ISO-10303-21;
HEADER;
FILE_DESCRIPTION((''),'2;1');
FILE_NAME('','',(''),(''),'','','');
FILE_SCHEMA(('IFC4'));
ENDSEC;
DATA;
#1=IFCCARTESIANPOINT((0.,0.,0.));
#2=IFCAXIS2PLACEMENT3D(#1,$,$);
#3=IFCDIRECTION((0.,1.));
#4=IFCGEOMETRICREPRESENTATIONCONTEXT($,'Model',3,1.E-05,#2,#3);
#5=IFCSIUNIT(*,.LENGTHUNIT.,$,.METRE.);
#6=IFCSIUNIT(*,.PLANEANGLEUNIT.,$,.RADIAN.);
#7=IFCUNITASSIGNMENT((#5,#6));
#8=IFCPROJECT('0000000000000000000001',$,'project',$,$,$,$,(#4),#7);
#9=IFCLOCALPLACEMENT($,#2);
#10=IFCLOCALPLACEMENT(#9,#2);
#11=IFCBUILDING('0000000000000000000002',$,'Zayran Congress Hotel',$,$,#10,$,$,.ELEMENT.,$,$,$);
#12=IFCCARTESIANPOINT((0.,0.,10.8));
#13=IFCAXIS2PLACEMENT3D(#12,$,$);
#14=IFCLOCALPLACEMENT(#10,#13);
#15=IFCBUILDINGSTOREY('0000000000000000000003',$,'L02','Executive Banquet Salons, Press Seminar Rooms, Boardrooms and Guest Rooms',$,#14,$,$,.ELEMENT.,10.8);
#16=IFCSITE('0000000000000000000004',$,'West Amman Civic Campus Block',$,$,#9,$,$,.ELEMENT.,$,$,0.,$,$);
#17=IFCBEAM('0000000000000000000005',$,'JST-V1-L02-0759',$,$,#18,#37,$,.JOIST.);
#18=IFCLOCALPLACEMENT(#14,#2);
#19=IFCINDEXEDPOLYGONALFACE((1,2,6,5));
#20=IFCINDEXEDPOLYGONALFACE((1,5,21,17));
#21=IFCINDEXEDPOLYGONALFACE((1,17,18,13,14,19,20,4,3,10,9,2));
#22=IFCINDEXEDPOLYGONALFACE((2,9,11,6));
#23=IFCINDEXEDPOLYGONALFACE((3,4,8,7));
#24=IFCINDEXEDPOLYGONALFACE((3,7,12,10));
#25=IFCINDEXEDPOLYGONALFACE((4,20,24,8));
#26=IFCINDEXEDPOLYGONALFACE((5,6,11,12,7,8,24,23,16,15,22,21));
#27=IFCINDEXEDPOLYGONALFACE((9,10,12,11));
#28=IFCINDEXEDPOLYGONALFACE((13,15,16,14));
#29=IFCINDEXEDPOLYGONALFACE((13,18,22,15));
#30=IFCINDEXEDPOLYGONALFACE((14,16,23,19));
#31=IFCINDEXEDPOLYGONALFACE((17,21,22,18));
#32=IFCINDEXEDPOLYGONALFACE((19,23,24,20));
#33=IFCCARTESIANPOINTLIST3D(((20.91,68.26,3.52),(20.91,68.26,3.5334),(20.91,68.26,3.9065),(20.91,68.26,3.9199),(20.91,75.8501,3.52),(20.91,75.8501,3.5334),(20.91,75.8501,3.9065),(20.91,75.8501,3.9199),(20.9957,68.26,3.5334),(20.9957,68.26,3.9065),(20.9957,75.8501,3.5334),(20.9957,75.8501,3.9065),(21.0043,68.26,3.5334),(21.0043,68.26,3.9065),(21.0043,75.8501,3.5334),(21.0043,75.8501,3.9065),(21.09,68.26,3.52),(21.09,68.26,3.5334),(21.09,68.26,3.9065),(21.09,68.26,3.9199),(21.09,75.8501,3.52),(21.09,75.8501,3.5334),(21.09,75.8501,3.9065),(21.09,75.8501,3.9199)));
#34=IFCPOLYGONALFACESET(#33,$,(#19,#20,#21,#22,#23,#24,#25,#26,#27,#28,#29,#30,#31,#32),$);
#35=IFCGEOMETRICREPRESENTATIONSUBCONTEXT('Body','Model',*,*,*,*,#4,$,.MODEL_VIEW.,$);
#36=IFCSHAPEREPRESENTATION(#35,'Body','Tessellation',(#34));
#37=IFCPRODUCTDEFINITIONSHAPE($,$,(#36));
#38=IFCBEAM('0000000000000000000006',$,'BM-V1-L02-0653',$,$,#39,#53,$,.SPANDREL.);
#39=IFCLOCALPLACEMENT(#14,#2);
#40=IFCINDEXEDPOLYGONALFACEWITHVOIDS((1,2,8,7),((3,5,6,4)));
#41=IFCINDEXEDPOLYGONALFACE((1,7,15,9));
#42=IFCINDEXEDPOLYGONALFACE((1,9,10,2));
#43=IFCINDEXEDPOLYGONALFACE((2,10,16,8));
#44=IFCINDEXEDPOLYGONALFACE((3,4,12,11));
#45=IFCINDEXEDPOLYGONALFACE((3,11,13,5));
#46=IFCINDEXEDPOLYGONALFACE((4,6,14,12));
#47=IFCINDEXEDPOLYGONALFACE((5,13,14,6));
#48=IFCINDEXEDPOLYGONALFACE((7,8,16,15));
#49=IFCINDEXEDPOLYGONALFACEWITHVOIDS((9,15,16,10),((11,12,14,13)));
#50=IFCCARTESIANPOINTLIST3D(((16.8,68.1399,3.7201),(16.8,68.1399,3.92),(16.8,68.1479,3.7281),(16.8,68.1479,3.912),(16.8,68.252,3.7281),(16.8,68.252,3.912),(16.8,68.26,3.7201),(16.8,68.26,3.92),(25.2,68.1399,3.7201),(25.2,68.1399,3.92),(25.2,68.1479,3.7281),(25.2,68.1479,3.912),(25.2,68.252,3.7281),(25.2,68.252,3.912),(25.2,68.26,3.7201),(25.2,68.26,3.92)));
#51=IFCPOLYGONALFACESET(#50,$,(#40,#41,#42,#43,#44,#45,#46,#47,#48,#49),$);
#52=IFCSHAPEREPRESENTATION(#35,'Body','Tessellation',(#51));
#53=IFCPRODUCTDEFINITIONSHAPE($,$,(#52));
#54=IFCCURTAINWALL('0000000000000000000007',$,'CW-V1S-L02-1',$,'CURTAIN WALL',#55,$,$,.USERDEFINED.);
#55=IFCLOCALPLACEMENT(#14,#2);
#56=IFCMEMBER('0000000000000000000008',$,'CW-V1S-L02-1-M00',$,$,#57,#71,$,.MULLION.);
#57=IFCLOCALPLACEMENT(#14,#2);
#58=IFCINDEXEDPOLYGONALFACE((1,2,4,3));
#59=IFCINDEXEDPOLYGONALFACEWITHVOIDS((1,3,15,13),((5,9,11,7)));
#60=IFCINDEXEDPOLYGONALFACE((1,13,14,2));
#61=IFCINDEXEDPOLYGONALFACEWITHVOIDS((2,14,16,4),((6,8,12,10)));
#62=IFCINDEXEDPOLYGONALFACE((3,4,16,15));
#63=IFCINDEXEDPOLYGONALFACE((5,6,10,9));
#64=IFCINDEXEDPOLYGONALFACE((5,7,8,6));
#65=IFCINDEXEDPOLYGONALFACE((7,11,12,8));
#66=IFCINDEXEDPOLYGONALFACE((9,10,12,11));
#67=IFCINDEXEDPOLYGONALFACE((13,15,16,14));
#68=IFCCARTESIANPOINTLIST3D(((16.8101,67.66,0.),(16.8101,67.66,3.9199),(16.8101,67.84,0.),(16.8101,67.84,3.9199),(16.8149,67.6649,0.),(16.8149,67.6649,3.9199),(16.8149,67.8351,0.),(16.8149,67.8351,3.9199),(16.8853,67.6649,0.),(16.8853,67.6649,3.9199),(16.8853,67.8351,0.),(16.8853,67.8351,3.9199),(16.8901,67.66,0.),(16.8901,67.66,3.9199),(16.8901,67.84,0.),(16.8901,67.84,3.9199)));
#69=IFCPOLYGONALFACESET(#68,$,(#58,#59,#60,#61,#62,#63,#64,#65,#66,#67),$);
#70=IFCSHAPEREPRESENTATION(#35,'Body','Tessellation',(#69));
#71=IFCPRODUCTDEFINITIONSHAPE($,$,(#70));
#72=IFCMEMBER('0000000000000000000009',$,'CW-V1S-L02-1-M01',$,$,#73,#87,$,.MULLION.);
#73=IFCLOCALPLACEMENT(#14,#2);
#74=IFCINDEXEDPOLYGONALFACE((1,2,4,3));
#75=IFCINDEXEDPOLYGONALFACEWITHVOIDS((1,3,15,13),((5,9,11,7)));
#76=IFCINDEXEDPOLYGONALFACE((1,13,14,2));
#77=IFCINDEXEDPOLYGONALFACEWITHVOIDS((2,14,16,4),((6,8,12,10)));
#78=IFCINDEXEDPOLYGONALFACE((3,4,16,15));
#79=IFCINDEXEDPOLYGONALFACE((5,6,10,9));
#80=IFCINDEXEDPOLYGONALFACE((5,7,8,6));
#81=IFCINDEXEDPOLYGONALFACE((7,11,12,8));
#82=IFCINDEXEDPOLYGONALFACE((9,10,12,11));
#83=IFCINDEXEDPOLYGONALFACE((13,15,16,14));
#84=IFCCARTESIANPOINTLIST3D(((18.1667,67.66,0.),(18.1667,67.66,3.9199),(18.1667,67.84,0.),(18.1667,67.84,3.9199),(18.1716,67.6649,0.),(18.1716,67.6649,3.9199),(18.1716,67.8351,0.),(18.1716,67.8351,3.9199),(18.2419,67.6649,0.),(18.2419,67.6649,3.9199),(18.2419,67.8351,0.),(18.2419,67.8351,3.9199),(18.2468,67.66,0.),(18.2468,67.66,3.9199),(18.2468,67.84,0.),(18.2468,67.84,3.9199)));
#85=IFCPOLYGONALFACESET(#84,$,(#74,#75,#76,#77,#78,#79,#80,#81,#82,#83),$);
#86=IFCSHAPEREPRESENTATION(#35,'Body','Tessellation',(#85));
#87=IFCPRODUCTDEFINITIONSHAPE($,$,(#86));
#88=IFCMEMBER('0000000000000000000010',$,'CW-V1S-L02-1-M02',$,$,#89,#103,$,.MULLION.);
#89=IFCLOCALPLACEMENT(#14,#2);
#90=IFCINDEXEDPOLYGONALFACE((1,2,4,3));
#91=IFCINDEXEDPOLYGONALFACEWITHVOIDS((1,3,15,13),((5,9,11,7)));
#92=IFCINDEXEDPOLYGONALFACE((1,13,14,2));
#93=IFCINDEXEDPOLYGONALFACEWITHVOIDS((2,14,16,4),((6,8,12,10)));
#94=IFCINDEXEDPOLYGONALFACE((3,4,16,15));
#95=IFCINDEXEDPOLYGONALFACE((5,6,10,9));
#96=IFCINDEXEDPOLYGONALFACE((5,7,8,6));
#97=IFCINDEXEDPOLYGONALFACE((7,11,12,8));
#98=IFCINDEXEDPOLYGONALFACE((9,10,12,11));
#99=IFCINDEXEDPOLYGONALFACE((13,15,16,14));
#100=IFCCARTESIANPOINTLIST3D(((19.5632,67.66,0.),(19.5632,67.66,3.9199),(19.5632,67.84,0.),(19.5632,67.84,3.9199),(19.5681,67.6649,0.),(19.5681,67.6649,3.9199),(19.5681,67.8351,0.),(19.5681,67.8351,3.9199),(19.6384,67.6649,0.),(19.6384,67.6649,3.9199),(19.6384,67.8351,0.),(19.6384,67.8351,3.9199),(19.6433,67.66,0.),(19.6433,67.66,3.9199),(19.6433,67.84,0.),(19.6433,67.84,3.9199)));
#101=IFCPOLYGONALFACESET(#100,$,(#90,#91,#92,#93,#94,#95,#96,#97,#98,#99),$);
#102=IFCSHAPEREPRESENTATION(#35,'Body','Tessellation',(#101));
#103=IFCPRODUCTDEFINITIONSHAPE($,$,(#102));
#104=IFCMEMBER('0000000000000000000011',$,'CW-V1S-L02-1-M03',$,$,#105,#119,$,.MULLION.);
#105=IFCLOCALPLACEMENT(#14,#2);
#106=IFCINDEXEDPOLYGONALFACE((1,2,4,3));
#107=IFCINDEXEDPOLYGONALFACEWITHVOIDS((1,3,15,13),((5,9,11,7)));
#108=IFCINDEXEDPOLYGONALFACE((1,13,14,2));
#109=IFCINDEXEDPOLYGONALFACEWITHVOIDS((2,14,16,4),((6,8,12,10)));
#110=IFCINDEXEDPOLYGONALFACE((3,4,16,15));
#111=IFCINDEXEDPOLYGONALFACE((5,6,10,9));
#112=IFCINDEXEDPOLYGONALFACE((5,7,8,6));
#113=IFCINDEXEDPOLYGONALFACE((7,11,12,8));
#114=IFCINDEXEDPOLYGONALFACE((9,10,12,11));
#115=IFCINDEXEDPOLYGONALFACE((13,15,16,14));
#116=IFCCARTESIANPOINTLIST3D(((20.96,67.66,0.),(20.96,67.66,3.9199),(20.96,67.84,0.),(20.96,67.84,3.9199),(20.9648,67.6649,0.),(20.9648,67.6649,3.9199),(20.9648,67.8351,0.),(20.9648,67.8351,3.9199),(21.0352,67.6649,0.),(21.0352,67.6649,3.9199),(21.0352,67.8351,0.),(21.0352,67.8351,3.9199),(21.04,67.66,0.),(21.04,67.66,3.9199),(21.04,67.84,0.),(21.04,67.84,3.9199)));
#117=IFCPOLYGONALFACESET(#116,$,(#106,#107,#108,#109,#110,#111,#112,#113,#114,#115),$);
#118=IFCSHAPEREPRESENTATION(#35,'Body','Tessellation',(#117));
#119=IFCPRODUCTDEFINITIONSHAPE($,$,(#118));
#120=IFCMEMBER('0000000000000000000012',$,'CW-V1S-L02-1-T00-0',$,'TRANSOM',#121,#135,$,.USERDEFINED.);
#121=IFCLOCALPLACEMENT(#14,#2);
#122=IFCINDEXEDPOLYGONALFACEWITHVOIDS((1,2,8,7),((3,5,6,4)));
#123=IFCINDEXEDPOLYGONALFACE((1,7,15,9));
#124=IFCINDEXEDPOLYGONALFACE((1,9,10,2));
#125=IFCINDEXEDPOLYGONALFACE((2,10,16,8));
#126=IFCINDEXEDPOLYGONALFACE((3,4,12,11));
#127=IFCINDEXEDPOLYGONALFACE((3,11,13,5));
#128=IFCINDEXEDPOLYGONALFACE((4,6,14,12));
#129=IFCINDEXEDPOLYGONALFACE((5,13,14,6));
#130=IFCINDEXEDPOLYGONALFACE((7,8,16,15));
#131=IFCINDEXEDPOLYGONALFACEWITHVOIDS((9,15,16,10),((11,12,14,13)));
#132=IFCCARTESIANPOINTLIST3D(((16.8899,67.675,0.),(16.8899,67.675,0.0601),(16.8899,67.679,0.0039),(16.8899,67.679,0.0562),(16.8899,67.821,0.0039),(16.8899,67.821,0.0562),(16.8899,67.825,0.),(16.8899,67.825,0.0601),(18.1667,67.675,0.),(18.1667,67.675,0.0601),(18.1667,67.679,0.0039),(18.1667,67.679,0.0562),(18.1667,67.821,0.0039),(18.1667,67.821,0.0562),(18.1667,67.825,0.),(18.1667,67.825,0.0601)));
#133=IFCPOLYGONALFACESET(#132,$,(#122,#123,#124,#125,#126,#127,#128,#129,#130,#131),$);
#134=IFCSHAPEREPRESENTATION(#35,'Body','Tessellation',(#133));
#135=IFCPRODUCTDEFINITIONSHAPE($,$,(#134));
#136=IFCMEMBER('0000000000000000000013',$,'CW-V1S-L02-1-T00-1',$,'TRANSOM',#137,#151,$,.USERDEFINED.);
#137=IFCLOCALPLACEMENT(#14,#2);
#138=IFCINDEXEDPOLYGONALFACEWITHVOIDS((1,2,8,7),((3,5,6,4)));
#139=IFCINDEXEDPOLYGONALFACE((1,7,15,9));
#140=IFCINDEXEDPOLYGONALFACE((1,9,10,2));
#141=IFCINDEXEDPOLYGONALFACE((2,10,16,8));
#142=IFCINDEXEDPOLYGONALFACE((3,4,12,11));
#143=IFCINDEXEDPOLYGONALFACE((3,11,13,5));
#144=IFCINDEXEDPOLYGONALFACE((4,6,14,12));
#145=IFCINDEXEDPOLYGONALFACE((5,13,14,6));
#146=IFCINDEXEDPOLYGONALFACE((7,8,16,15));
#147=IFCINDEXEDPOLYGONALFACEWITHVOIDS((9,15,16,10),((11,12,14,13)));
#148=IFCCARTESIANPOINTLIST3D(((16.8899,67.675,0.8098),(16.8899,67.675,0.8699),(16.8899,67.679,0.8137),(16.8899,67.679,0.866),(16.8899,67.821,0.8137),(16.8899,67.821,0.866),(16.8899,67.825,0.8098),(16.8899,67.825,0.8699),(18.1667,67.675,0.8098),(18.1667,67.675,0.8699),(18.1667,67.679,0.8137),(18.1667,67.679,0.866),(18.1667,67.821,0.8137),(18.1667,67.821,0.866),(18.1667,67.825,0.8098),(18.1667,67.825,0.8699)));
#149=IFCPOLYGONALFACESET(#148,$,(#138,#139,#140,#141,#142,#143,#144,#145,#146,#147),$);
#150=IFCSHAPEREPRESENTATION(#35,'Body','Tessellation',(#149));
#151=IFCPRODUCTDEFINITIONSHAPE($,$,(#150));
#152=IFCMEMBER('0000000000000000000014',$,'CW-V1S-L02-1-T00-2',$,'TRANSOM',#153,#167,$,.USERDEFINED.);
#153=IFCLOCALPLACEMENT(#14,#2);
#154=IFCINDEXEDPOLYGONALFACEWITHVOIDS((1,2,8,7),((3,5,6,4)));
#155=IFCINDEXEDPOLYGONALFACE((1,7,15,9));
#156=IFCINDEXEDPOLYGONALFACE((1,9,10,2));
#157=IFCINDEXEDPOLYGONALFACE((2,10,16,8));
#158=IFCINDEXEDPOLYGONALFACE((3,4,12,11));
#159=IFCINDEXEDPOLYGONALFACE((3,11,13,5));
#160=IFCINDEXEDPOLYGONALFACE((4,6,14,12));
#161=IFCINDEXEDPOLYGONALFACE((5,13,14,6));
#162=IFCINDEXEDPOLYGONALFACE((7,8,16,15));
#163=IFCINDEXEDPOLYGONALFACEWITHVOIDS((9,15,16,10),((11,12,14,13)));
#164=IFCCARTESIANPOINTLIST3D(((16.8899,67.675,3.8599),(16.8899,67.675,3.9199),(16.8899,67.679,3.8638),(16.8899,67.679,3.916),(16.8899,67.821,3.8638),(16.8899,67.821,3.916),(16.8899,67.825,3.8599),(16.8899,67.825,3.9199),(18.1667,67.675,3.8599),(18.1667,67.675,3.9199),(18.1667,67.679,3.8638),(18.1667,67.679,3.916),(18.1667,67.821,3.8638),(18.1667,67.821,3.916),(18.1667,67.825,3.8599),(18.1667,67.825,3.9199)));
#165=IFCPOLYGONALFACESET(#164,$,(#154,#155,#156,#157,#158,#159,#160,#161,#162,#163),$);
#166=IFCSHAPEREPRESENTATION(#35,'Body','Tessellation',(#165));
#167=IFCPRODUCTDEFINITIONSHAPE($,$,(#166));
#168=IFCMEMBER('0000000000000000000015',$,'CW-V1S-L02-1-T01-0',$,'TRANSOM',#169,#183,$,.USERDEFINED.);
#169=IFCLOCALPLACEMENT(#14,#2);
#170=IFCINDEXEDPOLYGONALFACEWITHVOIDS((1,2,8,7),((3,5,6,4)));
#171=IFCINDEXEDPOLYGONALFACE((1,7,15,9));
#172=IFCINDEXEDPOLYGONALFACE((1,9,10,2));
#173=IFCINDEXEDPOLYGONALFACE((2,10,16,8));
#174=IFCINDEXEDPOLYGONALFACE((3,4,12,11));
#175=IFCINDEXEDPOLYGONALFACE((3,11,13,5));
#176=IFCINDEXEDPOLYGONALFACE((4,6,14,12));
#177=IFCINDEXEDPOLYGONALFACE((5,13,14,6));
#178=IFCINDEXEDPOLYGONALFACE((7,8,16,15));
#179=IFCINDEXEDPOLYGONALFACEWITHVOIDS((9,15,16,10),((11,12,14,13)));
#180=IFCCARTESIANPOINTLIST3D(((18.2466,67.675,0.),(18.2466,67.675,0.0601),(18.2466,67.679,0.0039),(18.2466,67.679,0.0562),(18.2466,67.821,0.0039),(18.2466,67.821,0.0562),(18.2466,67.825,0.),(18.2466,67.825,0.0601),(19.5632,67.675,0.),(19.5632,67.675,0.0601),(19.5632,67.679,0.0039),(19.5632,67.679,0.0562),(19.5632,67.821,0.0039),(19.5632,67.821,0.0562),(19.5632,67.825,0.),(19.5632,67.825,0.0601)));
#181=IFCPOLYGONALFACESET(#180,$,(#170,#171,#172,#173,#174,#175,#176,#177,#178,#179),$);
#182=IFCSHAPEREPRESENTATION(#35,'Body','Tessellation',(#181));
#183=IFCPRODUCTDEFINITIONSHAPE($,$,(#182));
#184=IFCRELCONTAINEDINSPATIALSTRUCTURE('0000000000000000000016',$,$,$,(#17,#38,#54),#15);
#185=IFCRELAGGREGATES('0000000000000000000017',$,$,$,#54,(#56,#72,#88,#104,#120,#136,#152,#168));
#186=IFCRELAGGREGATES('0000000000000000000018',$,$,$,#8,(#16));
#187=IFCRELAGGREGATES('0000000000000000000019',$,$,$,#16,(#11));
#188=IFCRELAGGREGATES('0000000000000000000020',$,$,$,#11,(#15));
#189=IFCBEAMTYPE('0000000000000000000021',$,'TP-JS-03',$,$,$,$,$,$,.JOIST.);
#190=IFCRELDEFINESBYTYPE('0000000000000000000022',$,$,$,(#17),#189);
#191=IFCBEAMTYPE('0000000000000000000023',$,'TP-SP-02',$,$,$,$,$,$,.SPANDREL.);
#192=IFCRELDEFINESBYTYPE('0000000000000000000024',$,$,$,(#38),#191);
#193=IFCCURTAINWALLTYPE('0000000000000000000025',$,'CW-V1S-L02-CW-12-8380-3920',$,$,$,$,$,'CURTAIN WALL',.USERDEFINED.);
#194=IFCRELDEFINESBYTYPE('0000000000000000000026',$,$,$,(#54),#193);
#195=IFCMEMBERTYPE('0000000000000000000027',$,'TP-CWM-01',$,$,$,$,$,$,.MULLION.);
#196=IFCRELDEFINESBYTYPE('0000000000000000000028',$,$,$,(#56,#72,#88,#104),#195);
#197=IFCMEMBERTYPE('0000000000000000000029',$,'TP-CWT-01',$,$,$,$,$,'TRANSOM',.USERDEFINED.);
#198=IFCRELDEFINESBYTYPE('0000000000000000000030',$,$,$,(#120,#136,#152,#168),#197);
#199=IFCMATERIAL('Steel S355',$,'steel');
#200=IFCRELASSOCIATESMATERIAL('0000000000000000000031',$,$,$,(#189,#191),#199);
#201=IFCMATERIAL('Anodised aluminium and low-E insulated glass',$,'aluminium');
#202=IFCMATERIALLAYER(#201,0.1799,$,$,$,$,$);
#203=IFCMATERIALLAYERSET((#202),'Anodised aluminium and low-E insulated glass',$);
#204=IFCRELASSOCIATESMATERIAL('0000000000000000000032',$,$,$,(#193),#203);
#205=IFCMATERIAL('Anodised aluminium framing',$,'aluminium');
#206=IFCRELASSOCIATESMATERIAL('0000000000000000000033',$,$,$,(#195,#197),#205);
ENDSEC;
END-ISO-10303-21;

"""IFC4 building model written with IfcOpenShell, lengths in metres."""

from ifc_helpers import new_model, si_unit, direction, frame, origin, origin_2d, place, context, subcontext, project, spatial, hollow_rectangle, i_section, extrude, material, layer, layer_set, material_profile, profile_set, type_object, element, aggregate, save


model = new_model("IFC4")

# Units and contexts
model_context = context("Model", 3, precision=1e-05, world=origin(), true_north=direction((0.0, 1.0)))
body_context = subcontext(model_context, "Body", "Model", "MODEL_VIEW")
ifc_project = project(units=[si_unit("LENGTHUNIT", "METRE"), si_unit("PLANEANGLEUNIT", "RADIAN")], contexts=[model_context])

# Site, building, storey
site_placement = place(None, origin())
site = spatial("IfcSite", under=ifc_project, at=site_placement, Name="West Amman Civic Campus Block", CompositionType="ELEMENT", RefElevation=0.0)
building_placement = place(site_placement, origin())
building = spatial("IfcBuilding", under=site, at=building_placement, Name="Zayran Congress Hotel", CompositionType="ELEMENT")
storey_placement = place(building_placement, frame((0.0, 0.0, 10.8)))
storey = spatial("IfcBuildingStorey", under=building, at=storey_placement, Name="L02", Description="Executive Banquet Salons, Press Seminar Rooms, Boardrooms and Guest Rooms", CompositionType="ELEMENT", Elevation=10.8)

# Beams
ifc_material_1 = material(Name="Steel S355", Category="steel")
ifc_material_profile_1 = material_profile(ifc_material_1, i_section(OverallWidth=0.1799, OverallDepth=0.3999, WebThickness=0.0085, FlangeThickness=0.0134, at=origin_2d()), Name="IPE 400")
ifc_profile_set_1 = profile_set([ifc_material_profile_1], Name="Steel S355")
beam_type_1 = type_object("IfcBeamType", Name="TP-JS-03", PredefinedType="JOIST", material=ifc_profile_set_1)
beam_1_placement = place(storey_placement, frame((21.0, 68.26, 3.72), z_axis=(0.0, 1.0, 0.0), x_axis=(-1.0, 0.0, 0.0)))
element("IfcBeam", 1, at=beam_1_placement, inside=storey, type_object=beam_type_1, Name="JST-V1-L02-0759", PredefinedType="JOIST", context=body_context, shape_type="SweptSolid", body=[
    extrude(i_section(OverallWidth=0.1799, OverallDepth=0.3999, WebThickness=0.0085, FlangeThickness=0.0134, at=origin_2d()), origin(), (0.0, 0.0, 1.0), 7.5901),
])
ifc_material_profile_2 = material_profile(ifc_material_1, hollow_rectangle(XDim=0.1201, YDim=0.2, WallThickness=0.0081, at=origin_2d()), Name="RHS 200x120x8")
ifc_profile_set_2 = profile_set([ifc_material_profile_2], Name="Steel S355")
beam_type_2 = type_object("IfcBeamType", Name="TP-SP-02", PredefinedType="SPANDREL", material=ifc_profile_set_2)
beam_2_placement = place(storey_placement, frame((16.8, 68.2, 3.8201), z_axis=(1.0, 0.0, 0.0), x_axis=(0.0, 1.0, 0.0)))
element("IfcBeam", 2, at=beam_2_placement, inside=storey, type_object=beam_type_2, Name="BM-V1-L02-0653", PredefinedType="SPANDREL", context=body_context, shape_type="SweptSolid", body=[
    extrude(hollow_rectangle(XDim=0.1201, YDim=0.2, WallThickness=0.0081, at=origin_2d()), origin(), (0.0, 0.0, 1.0), 8.3999),
])

# Curtain wall, members
ifc_material_2 = material(Name="Anodised aluminium and low-E insulated glass", Category="aluminium")
ifc_layer_1 = layer(ifc_material_2, 0.1799)
ifc_layer_set_1 = layer_set([ifc_layer_1], Name="Anodised aluminium and low-E insulated glass")
curtain_wall_type = type_object("IfcCurtainWallType", Name="CW-V1S-L02-CW-12-8380-3920", ElementType="CURTAIN WALL", PredefinedType="USERDEFINED", material=ifc_layer_set_1)
curtain_wall_placement = place(storey_placement, origin())
curtain_wall = element("IfcCurtainWall", 3, at=curtain_wall_placement, inside=storey, type_object=curtain_wall_type, Name="CW-V1S-L02-1", ObjectType="CURTAIN WALL", PredefinedType="USERDEFINED")
ifc_material_3 = material(Name="Anodised aluminium framing", Category="aluminium")
ifc_material_profile_3 = material_profile(ifc_material_3, hollow_rectangle(XDim=0.0801, YDim=0.1799, WallThickness=0.0049, at=origin_2d()), Name="RHS 180x80x5")
ifc_profile_set_3 = profile_set([ifc_material_profile_3], Name="Anodised aluminium framing")
member_type_1 = type_object("IfcMemberType", Name="TP-CWM-01", PredefinedType="MULLION", material=ifc_profile_set_3)
member_1_placement = place(storey_placement, frame((16.8501, 67.75, 0.0), z_axis=(0.0, 0.0, 1.0), x_axis=(1.0, 0.0, 0.0)))
member_1 = element("IfcMember", 4, at=member_1_placement, type_object=member_type_1, Name="CW-V1S-L02-1-M00", PredefinedType="MULLION", context=body_context, shape_type="SweptSolid", body=[
    extrude(hollow_rectangle(XDim=0.0801, YDim=0.1799, WallThickness=0.0049, at=origin_2d()), origin(), (0.0, 0.0, 1.0), 3.9199),
])
member_2_placement = place(storey_placement, frame((18.2068, 67.75, 0.0), z_axis=(0.0, 0.0, 1.0), x_axis=(1.0, 0.0, 0.0)))
member_2 = element("IfcMember", 5, at=member_2_placement, type_object=member_type_1, Name="CW-V1S-L02-1-M01", PredefinedType="MULLION", context=body_context, shape_type="SweptSolid", body=[
    extrude(hollow_rectangle(XDim=0.0801, YDim=0.1799, WallThickness=0.0049, at=origin_2d()), origin(), (0.0, 0.0, 1.0), 3.9199),
])
member_3_placement = place(storey_placement, frame((19.6033, 67.75, 0.0), z_axis=(0.0, 0.0, 1.0), x_axis=(1.0, 0.0, 0.0)))
member_3 = element("IfcMember", 6, at=member_3_placement, type_object=member_type_1, Name="CW-V1S-L02-1-M02", PredefinedType="MULLION", context=body_context, shape_type="SweptSolid", body=[
    extrude(hollow_rectangle(XDim=0.0801, YDim=0.1799, WallThickness=0.0049, at=origin_2d()), origin(), (0.0, 0.0, 1.0), 3.9199),
])
member_4_placement = place(storey_placement, frame((21.0, 67.75, 0.0), z_axis=(0.0, 0.0, 1.0), x_axis=(1.0, 0.0, 0.0)))
member_4 = element("IfcMember", 7, at=member_4_placement, type_object=member_type_1, Name="CW-V1S-L02-1-M03", PredefinedType="MULLION", context=body_context, shape_type="SweptSolid", body=[
    extrude(hollow_rectangle(XDim=0.0801, YDim=0.1799, WallThickness=0.0049, at=origin_2d()), origin(), (0.0, 0.0, 1.0), 3.9199),
])
ifc_material_profile_4 = material_profile(ifc_material_3, hollow_rectangle(XDim=0.0601, YDim=0.1499, WallThickness=0.0039, at=origin_2d()), Name="RHS 150x60x4")
ifc_profile_set_4 = profile_set([ifc_material_profile_4], Name="Anodised aluminium framing")
member_type_2 = type_object("IfcMemberType", Name="TP-CWT-01", ElementType="TRANSOM", PredefinedType="USERDEFINED", material=ifc_profile_set_4)
member_5_placement = place(storey_placement, frame((16.8899, 67.75, 0.03), z_axis=(1.0, 0.0, 0.0), x_axis=(0.0, 0.0, 1.0)))
member_5 = element("IfcMember", 8, at=member_5_placement, type_object=member_type_2, Name="CW-V1S-L02-1-T00-0", ObjectType="TRANSOM", PredefinedType="USERDEFINED", context=body_context, shape_type="SweptSolid", body=[
    extrude(hollow_rectangle(XDim=0.0601, YDim=0.1499, WallThickness=0.0039, at=origin_2d()), origin(), (0.0, 0.0, 1.0), 1.2769),
])
member_6_placement = place(storey_placement, frame((16.8899, 67.75, 0.8398), z_axis=(1.0, 0.0, 0.0), x_axis=(0.0, 0.0, 1.0)))
member_6 = element("IfcMember", 9, at=member_6_placement, type_object=member_type_2, Name="CW-V1S-L02-1-T00-1", ObjectType="TRANSOM", PredefinedType="USERDEFINED", context=body_context, shape_type="SweptSolid", body=[
    extrude(hollow_rectangle(XDim=0.0601, YDim=0.1499, WallThickness=0.0039, at=origin_2d()), origin(), (0.0, 0.0, 1.0), 1.2769),
])
member_7_placement = place(storey_placement, frame((16.8899, 67.75, 3.8899), z_axis=(1.0, 0.0, 0.0), x_axis=(0.0, 0.0, 1.0)))
member_7 = element("IfcMember", 10, at=member_7_placement, type_object=member_type_2, Name="CW-V1S-L02-1-T00-2", ObjectType="TRANSOM", PredefinedType="USERDEFINED", context=body_context, shape_type="SweptSolid", body=[
    extrude(hollow_rectangle(XDim=0.0601, YDim=0.1499, WallThickness=0.0039, at=origin_2d()), origin(), (0.0, 0.0, 1.0), 1.2769),
])
member_8_placement = place(storey_placement, frame((18.2466, 67.75, 0.03), z_axis=(1.0, 0.0, 0.0), x_axis=(0.0, 0.0, 1.0)))
member_8 = element("IfcMember", 11, at=member_8_placement, type_object=member_type_2, Name="CW-V1S-L02-1-T01-0", ObjectType="TRANSOM", PredefinedType="USERDEFINED", context=body_context, shape_type="SweptSolid", body=[
    extrude(hollow_rectangle(XDim=0.0601, YDim=0.1499, WallThickness=0.0039, at=origin_2d()), origin(), (0.0, 0.0, 1.0), 1.3167),
])
aggregate(curtain_wall, [member_1, member_2, member_3, member_4, member_5, member_6, member_7, member_8])

save(model, "model.ifc")
